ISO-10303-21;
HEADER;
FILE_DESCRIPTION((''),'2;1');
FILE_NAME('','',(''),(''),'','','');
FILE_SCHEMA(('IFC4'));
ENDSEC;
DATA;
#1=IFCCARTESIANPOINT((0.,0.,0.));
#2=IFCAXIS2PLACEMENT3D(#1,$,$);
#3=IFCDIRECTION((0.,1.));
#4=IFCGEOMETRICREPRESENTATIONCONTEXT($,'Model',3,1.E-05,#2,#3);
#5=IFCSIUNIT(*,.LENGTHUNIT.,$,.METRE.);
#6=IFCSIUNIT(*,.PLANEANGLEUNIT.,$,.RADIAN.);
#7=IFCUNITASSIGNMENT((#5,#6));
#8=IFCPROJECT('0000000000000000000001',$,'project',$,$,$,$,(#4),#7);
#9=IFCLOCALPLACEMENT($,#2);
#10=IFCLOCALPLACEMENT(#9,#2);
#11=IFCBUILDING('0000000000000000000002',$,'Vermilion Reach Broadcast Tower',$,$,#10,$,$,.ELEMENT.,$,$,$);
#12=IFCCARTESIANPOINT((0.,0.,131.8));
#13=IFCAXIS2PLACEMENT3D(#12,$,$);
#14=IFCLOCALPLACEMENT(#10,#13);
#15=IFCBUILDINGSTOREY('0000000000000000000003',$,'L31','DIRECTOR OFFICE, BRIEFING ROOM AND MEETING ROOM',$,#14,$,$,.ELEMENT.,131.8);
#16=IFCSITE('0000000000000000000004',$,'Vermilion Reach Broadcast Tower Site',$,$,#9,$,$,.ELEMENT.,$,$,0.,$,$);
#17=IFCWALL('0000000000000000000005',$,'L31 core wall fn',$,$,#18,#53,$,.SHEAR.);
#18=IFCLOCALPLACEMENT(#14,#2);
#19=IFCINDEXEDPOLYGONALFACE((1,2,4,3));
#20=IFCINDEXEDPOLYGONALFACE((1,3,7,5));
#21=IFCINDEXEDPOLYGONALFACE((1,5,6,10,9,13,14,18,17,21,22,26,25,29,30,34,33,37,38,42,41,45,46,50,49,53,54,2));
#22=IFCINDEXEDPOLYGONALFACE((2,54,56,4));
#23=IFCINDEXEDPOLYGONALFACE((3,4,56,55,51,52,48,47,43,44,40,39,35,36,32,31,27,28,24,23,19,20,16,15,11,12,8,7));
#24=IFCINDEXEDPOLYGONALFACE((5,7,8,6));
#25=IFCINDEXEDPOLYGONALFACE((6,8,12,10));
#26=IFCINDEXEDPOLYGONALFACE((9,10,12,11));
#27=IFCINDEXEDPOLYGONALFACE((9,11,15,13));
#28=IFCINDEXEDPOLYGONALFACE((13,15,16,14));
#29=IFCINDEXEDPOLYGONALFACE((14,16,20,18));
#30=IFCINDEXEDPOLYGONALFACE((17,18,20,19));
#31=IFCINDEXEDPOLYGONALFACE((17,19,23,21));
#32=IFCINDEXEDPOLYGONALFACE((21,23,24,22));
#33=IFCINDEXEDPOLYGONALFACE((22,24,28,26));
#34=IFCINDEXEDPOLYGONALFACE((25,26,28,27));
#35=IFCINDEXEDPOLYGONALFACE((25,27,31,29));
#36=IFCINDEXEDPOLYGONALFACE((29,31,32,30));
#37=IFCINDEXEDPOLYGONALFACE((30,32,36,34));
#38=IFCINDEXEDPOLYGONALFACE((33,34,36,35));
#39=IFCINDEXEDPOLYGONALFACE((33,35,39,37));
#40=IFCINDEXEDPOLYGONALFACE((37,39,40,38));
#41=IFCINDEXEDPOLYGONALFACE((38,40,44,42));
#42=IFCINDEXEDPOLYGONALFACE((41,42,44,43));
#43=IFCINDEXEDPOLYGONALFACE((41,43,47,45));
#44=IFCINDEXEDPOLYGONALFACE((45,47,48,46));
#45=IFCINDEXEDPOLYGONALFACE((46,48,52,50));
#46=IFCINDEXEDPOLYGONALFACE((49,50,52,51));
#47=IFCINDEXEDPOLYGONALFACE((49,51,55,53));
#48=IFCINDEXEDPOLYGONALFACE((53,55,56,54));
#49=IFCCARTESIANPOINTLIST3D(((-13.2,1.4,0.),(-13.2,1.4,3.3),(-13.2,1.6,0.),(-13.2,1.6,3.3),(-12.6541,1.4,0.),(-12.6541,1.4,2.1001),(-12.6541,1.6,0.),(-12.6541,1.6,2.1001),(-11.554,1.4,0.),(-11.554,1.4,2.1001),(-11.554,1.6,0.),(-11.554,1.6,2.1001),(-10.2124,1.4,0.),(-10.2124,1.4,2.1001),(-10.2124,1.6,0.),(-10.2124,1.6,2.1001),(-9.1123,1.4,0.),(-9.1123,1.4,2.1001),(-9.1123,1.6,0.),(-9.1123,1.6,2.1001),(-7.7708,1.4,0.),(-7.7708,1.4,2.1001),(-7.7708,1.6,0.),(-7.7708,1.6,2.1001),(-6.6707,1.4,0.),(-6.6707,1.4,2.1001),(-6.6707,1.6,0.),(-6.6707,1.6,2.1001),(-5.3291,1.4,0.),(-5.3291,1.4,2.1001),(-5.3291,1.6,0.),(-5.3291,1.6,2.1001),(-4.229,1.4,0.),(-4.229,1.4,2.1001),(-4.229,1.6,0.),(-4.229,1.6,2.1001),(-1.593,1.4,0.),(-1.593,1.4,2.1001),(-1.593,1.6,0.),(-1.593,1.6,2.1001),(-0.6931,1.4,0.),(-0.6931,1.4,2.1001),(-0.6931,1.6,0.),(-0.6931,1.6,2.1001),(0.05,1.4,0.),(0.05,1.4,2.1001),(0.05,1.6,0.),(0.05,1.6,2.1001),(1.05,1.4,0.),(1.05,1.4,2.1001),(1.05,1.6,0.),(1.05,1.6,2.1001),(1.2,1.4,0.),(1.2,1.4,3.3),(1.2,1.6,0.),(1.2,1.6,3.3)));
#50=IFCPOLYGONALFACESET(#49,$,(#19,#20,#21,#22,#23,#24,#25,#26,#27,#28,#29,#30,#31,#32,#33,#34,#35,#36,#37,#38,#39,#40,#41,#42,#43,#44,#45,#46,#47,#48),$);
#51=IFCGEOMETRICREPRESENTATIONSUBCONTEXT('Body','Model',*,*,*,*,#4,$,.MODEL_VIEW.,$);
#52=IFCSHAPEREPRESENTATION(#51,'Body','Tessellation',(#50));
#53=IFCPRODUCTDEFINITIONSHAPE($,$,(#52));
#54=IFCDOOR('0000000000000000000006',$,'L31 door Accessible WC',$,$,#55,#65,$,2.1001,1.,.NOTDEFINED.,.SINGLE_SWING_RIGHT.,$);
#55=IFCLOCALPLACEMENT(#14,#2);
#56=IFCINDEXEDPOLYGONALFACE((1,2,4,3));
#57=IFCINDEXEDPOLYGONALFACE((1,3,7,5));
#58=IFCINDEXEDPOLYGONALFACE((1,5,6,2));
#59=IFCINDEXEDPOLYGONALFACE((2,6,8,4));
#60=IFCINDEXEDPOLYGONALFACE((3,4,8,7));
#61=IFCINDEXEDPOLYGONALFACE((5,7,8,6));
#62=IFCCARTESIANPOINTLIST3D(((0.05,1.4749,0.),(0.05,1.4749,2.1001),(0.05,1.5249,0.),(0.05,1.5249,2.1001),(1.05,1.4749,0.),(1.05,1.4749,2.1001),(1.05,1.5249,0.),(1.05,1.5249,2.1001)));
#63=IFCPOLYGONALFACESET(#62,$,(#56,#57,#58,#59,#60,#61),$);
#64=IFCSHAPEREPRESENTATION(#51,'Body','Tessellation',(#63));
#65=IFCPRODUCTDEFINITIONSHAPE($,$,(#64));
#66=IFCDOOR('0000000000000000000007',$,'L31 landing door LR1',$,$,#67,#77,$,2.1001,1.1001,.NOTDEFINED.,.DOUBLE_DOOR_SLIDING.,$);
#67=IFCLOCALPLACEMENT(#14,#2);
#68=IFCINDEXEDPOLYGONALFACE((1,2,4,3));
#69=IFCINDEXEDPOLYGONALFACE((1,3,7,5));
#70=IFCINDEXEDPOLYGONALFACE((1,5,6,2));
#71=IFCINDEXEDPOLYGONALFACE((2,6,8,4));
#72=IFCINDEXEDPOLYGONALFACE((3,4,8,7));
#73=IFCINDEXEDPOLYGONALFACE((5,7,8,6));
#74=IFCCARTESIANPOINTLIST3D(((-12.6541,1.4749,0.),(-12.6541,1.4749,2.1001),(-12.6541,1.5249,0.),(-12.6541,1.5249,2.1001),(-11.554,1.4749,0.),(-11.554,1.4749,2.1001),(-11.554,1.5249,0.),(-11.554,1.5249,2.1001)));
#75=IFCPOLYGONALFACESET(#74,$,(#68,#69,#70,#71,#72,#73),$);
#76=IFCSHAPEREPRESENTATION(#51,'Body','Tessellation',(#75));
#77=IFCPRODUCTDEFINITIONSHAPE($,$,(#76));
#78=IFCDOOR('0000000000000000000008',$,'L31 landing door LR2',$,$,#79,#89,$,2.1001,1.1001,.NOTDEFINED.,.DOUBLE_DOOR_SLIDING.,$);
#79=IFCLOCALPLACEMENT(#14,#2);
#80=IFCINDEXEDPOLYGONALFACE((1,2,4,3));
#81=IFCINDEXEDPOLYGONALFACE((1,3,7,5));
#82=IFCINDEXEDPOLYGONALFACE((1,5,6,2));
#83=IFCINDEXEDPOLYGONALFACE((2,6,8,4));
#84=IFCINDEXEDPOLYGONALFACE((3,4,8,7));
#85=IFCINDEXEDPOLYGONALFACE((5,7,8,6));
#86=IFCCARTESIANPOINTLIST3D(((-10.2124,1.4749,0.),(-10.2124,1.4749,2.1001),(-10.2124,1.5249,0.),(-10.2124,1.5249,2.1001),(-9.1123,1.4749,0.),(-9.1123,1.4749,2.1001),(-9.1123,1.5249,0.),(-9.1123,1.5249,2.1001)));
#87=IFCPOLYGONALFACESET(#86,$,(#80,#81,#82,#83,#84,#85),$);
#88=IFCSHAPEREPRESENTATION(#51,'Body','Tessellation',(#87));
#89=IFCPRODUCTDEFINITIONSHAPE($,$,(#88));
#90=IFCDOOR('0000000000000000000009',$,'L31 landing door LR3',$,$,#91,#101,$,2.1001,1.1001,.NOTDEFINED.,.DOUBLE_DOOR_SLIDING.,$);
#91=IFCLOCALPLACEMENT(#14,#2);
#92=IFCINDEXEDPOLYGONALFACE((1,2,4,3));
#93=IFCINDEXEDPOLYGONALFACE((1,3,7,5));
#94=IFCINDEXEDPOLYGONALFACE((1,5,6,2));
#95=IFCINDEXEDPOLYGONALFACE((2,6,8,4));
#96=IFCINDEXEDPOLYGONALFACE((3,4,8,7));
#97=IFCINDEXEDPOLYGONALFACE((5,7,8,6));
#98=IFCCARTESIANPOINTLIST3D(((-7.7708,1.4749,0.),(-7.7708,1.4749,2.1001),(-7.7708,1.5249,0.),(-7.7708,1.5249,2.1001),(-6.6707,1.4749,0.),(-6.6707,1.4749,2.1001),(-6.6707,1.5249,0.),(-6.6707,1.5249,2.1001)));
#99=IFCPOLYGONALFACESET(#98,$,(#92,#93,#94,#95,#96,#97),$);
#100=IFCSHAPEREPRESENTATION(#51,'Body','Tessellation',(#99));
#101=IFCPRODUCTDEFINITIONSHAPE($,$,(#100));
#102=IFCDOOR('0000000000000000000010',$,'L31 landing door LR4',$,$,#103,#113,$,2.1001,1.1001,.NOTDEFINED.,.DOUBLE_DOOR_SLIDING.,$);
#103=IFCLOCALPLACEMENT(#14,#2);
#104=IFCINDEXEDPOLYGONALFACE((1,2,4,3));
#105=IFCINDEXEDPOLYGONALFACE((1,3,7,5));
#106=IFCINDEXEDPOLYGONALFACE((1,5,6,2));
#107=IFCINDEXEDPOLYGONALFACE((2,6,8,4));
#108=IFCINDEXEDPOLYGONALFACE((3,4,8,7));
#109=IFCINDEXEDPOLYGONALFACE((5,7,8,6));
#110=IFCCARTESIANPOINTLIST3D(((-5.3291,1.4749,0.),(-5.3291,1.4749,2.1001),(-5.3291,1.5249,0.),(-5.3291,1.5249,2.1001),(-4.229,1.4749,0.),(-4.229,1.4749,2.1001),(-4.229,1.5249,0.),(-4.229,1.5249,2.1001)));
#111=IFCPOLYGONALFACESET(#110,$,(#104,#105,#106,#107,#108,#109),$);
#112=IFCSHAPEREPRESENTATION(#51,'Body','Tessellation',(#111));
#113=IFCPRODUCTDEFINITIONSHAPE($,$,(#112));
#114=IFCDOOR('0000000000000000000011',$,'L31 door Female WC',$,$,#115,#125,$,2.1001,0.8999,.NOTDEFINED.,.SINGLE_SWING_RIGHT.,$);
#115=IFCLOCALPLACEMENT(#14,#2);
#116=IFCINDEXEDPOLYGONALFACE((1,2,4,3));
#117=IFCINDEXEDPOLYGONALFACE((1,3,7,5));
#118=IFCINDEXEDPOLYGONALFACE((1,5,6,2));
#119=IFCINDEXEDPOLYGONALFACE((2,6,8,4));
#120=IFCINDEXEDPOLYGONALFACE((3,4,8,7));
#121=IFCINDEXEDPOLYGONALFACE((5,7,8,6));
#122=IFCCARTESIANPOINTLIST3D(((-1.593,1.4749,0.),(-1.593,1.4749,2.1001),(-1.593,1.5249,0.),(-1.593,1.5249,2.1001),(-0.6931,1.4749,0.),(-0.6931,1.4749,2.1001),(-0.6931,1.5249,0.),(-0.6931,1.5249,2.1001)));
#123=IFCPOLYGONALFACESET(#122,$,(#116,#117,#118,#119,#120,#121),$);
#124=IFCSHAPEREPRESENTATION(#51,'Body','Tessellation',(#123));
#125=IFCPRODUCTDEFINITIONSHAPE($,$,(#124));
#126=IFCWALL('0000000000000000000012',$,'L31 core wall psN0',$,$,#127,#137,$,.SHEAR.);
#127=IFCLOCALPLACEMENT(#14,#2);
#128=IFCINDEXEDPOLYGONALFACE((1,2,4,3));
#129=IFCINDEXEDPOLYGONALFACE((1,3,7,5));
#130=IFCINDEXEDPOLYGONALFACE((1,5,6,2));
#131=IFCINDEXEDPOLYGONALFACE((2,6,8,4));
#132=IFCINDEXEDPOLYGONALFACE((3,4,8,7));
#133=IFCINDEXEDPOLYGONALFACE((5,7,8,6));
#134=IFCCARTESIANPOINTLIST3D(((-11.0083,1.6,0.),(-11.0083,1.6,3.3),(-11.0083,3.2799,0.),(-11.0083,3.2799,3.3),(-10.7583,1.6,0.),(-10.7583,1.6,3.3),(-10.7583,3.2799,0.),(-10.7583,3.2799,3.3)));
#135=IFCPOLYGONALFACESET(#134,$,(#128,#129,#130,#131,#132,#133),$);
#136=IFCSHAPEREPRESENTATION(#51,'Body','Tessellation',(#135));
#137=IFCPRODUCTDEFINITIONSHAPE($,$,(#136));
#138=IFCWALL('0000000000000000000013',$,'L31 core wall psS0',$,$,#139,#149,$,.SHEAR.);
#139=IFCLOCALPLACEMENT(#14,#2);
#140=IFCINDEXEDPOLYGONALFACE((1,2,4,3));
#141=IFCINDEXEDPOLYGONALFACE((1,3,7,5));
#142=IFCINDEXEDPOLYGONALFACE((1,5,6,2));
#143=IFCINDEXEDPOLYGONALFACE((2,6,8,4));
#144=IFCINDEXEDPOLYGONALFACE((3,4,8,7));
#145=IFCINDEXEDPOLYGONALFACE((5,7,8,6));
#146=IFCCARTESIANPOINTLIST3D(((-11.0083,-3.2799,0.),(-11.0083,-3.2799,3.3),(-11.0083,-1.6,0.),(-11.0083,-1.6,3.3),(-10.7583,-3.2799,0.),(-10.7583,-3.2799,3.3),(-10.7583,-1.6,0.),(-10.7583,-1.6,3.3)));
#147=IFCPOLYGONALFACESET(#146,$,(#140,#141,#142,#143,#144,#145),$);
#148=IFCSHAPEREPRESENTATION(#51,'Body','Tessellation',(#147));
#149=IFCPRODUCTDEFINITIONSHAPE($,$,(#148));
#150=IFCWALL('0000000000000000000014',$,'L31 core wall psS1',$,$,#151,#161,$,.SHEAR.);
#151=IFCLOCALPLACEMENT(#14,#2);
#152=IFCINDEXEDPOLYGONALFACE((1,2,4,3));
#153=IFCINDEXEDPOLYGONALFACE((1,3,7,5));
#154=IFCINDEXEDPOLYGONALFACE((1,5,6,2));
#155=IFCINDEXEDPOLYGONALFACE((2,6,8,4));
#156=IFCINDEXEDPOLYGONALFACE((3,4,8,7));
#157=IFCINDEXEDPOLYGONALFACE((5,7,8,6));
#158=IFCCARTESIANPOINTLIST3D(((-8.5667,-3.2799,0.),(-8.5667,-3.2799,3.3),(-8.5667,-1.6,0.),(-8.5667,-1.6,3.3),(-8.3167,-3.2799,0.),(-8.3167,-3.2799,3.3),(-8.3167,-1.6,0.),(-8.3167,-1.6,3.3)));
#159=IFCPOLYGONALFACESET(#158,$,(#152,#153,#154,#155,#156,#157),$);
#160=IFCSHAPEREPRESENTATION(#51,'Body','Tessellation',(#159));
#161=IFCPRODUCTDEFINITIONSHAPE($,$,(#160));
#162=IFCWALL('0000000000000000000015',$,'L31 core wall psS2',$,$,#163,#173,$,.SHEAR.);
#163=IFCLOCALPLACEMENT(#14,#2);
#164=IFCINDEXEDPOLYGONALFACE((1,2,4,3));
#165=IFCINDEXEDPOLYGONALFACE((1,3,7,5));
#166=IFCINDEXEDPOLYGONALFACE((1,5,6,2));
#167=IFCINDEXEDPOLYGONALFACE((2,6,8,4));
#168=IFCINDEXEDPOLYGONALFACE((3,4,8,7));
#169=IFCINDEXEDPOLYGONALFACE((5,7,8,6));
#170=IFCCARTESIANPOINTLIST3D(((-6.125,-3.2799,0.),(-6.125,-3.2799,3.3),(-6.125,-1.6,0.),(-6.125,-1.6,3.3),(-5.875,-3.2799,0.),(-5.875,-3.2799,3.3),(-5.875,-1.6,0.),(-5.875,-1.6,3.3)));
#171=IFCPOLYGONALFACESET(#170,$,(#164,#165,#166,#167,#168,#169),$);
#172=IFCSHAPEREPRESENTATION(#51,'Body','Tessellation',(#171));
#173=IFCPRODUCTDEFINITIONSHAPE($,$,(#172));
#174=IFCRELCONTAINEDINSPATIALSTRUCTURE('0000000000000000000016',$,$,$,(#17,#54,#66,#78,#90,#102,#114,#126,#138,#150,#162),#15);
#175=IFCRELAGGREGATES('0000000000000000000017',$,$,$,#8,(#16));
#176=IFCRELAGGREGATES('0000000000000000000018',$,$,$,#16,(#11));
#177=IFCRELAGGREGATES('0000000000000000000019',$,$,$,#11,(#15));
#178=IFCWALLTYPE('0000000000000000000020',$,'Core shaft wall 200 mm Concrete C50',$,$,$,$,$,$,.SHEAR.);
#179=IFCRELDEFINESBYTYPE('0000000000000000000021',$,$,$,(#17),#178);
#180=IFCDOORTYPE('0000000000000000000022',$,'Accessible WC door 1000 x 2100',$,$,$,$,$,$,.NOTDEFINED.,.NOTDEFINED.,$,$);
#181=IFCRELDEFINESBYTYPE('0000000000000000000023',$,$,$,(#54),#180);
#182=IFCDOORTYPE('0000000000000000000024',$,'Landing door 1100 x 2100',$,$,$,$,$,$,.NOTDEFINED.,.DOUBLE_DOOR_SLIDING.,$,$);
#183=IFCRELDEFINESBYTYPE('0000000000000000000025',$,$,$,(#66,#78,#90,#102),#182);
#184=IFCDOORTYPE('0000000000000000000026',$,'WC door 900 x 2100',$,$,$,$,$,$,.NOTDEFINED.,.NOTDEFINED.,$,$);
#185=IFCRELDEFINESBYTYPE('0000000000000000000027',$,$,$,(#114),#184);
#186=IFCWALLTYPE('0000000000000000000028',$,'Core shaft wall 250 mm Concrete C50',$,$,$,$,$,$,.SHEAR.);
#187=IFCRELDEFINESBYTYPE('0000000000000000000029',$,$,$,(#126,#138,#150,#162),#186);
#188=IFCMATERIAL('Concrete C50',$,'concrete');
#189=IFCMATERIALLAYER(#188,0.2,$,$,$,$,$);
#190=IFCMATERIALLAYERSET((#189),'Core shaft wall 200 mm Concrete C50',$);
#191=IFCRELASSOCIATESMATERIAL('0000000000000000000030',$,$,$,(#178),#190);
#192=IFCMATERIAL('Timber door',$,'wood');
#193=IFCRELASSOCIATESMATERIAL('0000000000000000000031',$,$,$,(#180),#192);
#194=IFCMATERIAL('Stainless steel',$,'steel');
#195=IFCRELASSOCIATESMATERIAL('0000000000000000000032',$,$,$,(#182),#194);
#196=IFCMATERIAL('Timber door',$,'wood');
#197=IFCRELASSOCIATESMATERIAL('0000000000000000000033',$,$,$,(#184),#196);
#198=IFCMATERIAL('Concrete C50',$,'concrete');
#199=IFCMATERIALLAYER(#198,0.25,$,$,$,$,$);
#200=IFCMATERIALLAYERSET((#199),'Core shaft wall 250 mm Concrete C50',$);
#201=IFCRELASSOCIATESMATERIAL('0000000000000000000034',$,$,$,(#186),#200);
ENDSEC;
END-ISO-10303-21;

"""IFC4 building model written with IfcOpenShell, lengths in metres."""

from ifc_helpers import new_model, si_unit, direction, frame, frame_2d, origin, place, context, subcontext, project, spatial, rectangle, extrude, material, layer, layer_set, type_object, element, fill, save


model = new_model("IFC4")

# Units and contexts
model_context = context("Model", 3, precision=1e-05, world=origin(), true_north=direction((0.0, 1.0)))
body_context = subcontext(model_context, "Body", "Model", "MODEL_VIEW")
ifc_project = project(units=[si_unit("LENGTHUNIT", "METRE"), si_unit("PLANEANGLEUNIT", "RADIAN")], contexts=[model_context])

# Site, building, storey
site_placement = place(None, origin())
site = spatial("IfcSite", under=ifc_project, at=site_placement, Name="Vermilion Reach Broadcast Tower Site", CompositionType="ELEMENT", RefElevation=0.0)
building_placement = place(site_placement, origin())
building = spatial("IfcBuilding", under=site, at=building_placement, Name="Vermilion Reach Broadcast Tower", CompositionType="ELEMENT")
storey_placement = place(building_placement, frame((0.0, 0.0, 131.8)))
storey = spatial("IfcBuildingStorey", under=building, at=storey_placement, Name="L31", Description="DIRECTOR OFFICE, BRIEFING ROOM AND MEETING ROOM", CompositionType="ELEMENT", Elevation=131.8)

# Wall, openings, doors
ifc_material_1 = material(Name="Concrete C50", Category="concrete")
ifc_layer_1 = layer(ifc_material_1, 0.2)
ifc_layer_set_1 = layer_set([ifc_layer_1], Name="Core shaft wall 200 mm Concrete C50")
wall_type_1 = type_object("IfcWallType", Name="Core shaft wall 200 mm Concrete C50", PredefinedType="SHEAR", material=ifc_layer_set_1)
wall_1_placement = place(storey_placement, frame((-13.2, 1.5, 0.0), z_axis=(0.0, 0.0, 1.0), x_axis=(1.0, 0.0, 0.0)))
wall_1 = element("IfcWall", 1, at=wall_1_placement, inside=storey, type_object=wall_type_1, Name="L31 core wall fn", PredefinedType="SHEAR", context=body_context, shape_type="SweptSolid", body=[
    extrude(rectangle(XDim=14.3999, YDim=0.2, at=frame_2d((7.2, 0.0))), origin(), (0.0, 0.0, 1.0), 3.3),
])
opening_1_placement = place(wall_1_placement, frame((0.5459, 0.0, 0.0)))
opening_1 = element("IfcOpeningElement", 2, at=opening_1_placement, cuts=wall_1, PredefinedType="OPENING", context=body_context, shape_type="SweptSolid", body=[
    extrude(rectangle(XDim=1.1001, YDim=2.1001, at=frame_2d((0.55, 1.05))), frame((0.0, 0.1099, 0.0), z_axis=(0.0, -1.0, 0.0), x_axis=(1.0, 0.0, 0.0)), (0.0, 0.0, 1.0), 0.22),
])
opening_2_placement = place(wall_1_placement, frame((2.9875, 0.0, 0.0)))
opening_2 = element("IfcOpeningElement", 3, at=opening_2_placement, cuts=wall_1, PredefinedType="OPENING", context=body_context, shape_type="SweptSolid", body=[
    extrude(rectangle(XDim=1.1001, YDim=2.1001, at=frame_2d((0.55, 1.05))), frame((0.0, 0.1099, 0.0), z_axis=(0.0, -1.0, 0.0), x_axis=(1.0, 0.0, 0.0)), (0.0, 0.0, 1.0), 0.22),
])
opening_3_placement = place(wall_1_placement, frame((5.4292, 0.0, 0.0)))
opening_3 = element("IfcOpeningElement", 4, at=opening_3_placement, cuts=wall_1, PredefinedType="OPENING", context=body_context, shape_type="SweptSolid", body=[
    extrude(rectangle(XDim=1.1001, YDim=2.1001, at=frame_2d((0.55, 1.05))), frame((0.0, 0.1099, 0.0), z_axis=(0.0, -1.0, 0.0), x_axis=(1.0, 0.0, 0.0)), (0.0, 0.0, 1.0), 0.22),
])
opening_4_placement = place(wall_1_placement, frame((7.8708, 0.0, 0.0)))
opening_4 = element("IfcOpeningElement", 5, at=opening_4_placement, cuts=wall_1, PredefinedType="OPENING", context=body_context, shape_type="SweptSolid", body=[
    extrude(rectangle(XDim=1.1001, YDim=2.1001, at=frame_2d((0.55, 1.05))), frame((0.0, 0.1099, 0.0), z_axis=(0.0, -1.0, 0.0), x_axis=(1.0, 0.0, 0.0)), (0.0, 0.0, 1.0), 0.22),
])
opening_5_placement = place(wall_1_placement, frame((11.6069, 0.0, 0.0)))
opening_5 = element("IfcOpeningElement", 6, at=opening_5_placement, cuts=wall_1, PredefinedType="OPENING", context=body_context, shape_type="SweptSolid", body=[
    extrude(rectangle(XDim=0.8999, YDim=2.1001, at=frame_2d((0.45, 1.05))), frame((0.0, 0.1099, 0.0), z_axis=(0.0, -1.0, 0.0), x_axis=(1.0, 0.0, 0.0)), (0.0, 0.0, 1.0), 0.22),
])
opening_6_placement = place(wall_1_placement, frame((13.25, 0.0, 0.0)))
opening_6 = element("IfcOpeningElement", 7, at=opening_6_placement, cuts=wall_1, PredefinedType="OPENING", context=body_context, shape_type="SweptSolid", body=[
    extrude(rectangle(XDim=1.0, YDim=2.1001, at=frame_2d((0.5, 1.05))), frame((0.0, 0.1099, 0.0), z_axis=(0.0, -1.0, 0.0), x_axis=(1.0, 0.0, 0.0)), (0.0, 0.0, 1.0), 0.22),
])
ifc_material_2 = material(Name="Timber door", Category="wood")
door_type_1 = type_object("IfcDoorType", Name="Accessible WC door 1000 x 2100", OperationType="NOTDEFINED", PredefinedType="NOTDEFINED", material=ifc_material_2)
door_1_placement = place(opening_6_placement, origin())
door_1 = element("IfcDoor", 8, at=door_1_placement, inside=storey, type_object=door_type_1, Name="L31 door Accessible WC", OperationType="SINGLE_SWING_RIGHT", OverallHeight=2.1001, OverallWidth=1.0, PredefinedType="NOTDEFINED", context=body_context, shape_type="SweptSolid", body=[
    extrude(rectangle(XDim=1.0, YDim=2.1001, at=frame_2d((0.5, 1.05))), frame((0.0, 0.0249, 0.0), z_axis=(0.0, -1.0, 0.0), x_axis=(1.0, 0.0, 0.0)), (0.0, 0.0, 1.0), 0.05),
])
fill(opening_6, door_1)
ifc_material_3 = material(Name="Stainless steel", Category="steel")
door_type_2 = type_object("IfcDoorType", Name="Landing door 1100 x 2100", OperationType="DOUBLE_DOOR_SLIDING", PredefinedType="NOTDEFINED", material=ifc_material_3)
door_2_placement = place(opening_1_placement, origin())
door_2 = element("IfcDoor", 9, at=door_2_placement, inside=storey, type_object=door_type_2, Name="L31 landing door LR1", OperationType="DOUBLE_DOOR_SLIDING", OverallHeight=2.1001, OverallWidth=1.1001, PredefinedType="NOTDEFINED", context=body_context, shape_type="SweptSolid", body=[
    extrude(rectangle(XDim=1.1001, YDim=2.1001, at=frame_2d((0.55, 1.05))), frame((0.0, 0.0249, 0.0), z_axis=(0.0, -1.0, 0.0), x_axis=(1.0, 0.0, 0.0)), (0.0, 0.0, 1.0), 0.05),
])
fill(opening_1, door_2)
door_3_placement = place(opening_2_placement, origin())
door_3 = element("IfcDoor", 10, at=door_3_placement, inside=storey, type_object=door_type_2, Name="L31 landing door LR2", OperationType="DOUBLE_DOOR_SLIDING", OverallHeight=2.1001, OverallWidth=1.1001, PredefinedType="NOTDEFINED", context=body_context, shape_type="SweptSolid", body=[
    extrude(rectangle(XDim=1.1001, YDim=2.1001, at=frame_2d((0.55, 1.05))), frame((0.0, 0.0249, 0.0), z_axis=(0.0, -1.0, 0.0), x_axis=(1.0, 0.0, 0.0)), (0.0, 0.0, 1.0), 0.05),
])
fill(opening_2, door_3)
door_4_placement = place(opening_3_placement, origin())
door_4 = element("IfcDoor", 11, at=door_4_placement, inside=storey, type_object=door_type_2, Name="L31 landing door LR3", OperationType="DOUBLE_DOOR_SLIDING", OverallHeight=2.1001, OverallWidth=1.1001, PredefinedType="NOTDEFINED", context=body_context, shape_type="SweptSolid", body=[
    extrude(rectangle(XDim=1.1001, YDim=2.1001, at=frame_2d((0.55, 1.05))), frame((0.0, 0.0249, 0.0), z_axis=(0.0, -1.0, 0.0), x_axis=(1.0, 0.0, 0.0)), (0.0, 0.0, 1.0), 0.05),
])
fill(opening_3, door_4)
door_5_placement = place(opening_4_placement, origin())
door_5 = element("IfcDoor", 12, at=door_5_placement, inside=storey, type_object=door_type_2, Name="L31 landing door LR4", OperationType="DOUBLE_DOOR_SLIDING", OverallHeight=2.1001, OverallWidth=1.1001, PredefinedType="NOTDEFINED", context=body_context, shape_type="SweptSolid", body=[
    extrude(rectangle(XDim=1.1001, YDim=2.1001, at=frame_2d((0.55, 1.05))), frame((0.0, 0.0249, 0.0), z_axis=(0.0, -1.0, 0.0), x_axis=(1.0, 0.0, 0.0)), (0.0, 0.0, 1.0), 0.05),
])
fill(opening_4, door_5)
ifc_material_4 = material(Name="Timber door", Category="wood")
door_type_3 = type_object("IfcDoorType", Name="WC door 900 x 2100", OperationType="NOTDEFINED", PredefinedType="NOTDEFINED", material=ifc_material_4)
door_6_placement = place(opening_5_placement, origin())
door_6 = element("IfcDoor", 13, at=door_6_placement, inside=storey, type_object=door_type_3, Name="L31 door Female WC", OperationType="SINGLE_SWING_RIGHT", OverallHeight=2.1001, OverallWidth=0.8999, PredefinedType="NOTDEFINED", context=body_context, shape_type="SweptSolid", body=[
    extrude(rectangle(XDim=0.8999, YDim=2.1001, at=frame_2d((0.45, 1.05))), frame((0.0, 0.0249, 0.0), z_axis=(0.0, -1.0, 0.0), x_axis=(1.0, 0.0, 0.0)), (0.0, 0.0, 1.0), 0.05),
])
fill(opening_5, door_6)

# Walls
ifc_material_5 = material(Name="Concrete C50", Category="concrete")
ifc_layer_2 = layer(ifc_material_5, 0.25)
ifc_layer_set_2 = layer_set([ifc_layer_2], Name="Core shaft wall 250 mm Concrete C50")
wall_type_2 = type_object("IfcWallType", Name="Core shaft wall 250 mm Concrete C50", PredefinedType="SHEAR", material=ifc_layer_set_2)
for number, where, z_axis, x_axis, name in (
    (14, (-10.8833, 1.6001, 0.0), (0.0, 0.0, 1.0), (0.0, 1.0, 0.0), "L31 core wall psN0"),
    (15, (-10.8833, -1.6001, 0.0), (0.0, 0.0, 1.0), (0.0, -1.0, 0.0), "L31 core wall psS0"),
    (16, (-8.4417, -1.6001, 0.0), (0.0, 0.0, 1.0), (0.0, -1.0, 0.0), "L31 core wall psS1"),
    (17, (-6.0, -1.6001, 0.0), (0.0, 0.0, 1.0), (0.0, -1.0, 0.0), "L31 core wall psS2"),
):
    element("IfcWall", number, at=place(storey_placement, frame(where, z_axis=z_axis, x_axis=x_axis)), inside=storey, type_object=wall_type_2, Name=name, PredefinedType="SHEAR", context=body_context, shape_type="SweptSolid", body=[
        extrude(rectangle(XDim=1.6799, YDim=0.25, at=frame_2d((0.8398, 0.0))), origin(), (0.0, 0.0, 1.0), 3.3),
    ])

save(model, "model.ifc")
